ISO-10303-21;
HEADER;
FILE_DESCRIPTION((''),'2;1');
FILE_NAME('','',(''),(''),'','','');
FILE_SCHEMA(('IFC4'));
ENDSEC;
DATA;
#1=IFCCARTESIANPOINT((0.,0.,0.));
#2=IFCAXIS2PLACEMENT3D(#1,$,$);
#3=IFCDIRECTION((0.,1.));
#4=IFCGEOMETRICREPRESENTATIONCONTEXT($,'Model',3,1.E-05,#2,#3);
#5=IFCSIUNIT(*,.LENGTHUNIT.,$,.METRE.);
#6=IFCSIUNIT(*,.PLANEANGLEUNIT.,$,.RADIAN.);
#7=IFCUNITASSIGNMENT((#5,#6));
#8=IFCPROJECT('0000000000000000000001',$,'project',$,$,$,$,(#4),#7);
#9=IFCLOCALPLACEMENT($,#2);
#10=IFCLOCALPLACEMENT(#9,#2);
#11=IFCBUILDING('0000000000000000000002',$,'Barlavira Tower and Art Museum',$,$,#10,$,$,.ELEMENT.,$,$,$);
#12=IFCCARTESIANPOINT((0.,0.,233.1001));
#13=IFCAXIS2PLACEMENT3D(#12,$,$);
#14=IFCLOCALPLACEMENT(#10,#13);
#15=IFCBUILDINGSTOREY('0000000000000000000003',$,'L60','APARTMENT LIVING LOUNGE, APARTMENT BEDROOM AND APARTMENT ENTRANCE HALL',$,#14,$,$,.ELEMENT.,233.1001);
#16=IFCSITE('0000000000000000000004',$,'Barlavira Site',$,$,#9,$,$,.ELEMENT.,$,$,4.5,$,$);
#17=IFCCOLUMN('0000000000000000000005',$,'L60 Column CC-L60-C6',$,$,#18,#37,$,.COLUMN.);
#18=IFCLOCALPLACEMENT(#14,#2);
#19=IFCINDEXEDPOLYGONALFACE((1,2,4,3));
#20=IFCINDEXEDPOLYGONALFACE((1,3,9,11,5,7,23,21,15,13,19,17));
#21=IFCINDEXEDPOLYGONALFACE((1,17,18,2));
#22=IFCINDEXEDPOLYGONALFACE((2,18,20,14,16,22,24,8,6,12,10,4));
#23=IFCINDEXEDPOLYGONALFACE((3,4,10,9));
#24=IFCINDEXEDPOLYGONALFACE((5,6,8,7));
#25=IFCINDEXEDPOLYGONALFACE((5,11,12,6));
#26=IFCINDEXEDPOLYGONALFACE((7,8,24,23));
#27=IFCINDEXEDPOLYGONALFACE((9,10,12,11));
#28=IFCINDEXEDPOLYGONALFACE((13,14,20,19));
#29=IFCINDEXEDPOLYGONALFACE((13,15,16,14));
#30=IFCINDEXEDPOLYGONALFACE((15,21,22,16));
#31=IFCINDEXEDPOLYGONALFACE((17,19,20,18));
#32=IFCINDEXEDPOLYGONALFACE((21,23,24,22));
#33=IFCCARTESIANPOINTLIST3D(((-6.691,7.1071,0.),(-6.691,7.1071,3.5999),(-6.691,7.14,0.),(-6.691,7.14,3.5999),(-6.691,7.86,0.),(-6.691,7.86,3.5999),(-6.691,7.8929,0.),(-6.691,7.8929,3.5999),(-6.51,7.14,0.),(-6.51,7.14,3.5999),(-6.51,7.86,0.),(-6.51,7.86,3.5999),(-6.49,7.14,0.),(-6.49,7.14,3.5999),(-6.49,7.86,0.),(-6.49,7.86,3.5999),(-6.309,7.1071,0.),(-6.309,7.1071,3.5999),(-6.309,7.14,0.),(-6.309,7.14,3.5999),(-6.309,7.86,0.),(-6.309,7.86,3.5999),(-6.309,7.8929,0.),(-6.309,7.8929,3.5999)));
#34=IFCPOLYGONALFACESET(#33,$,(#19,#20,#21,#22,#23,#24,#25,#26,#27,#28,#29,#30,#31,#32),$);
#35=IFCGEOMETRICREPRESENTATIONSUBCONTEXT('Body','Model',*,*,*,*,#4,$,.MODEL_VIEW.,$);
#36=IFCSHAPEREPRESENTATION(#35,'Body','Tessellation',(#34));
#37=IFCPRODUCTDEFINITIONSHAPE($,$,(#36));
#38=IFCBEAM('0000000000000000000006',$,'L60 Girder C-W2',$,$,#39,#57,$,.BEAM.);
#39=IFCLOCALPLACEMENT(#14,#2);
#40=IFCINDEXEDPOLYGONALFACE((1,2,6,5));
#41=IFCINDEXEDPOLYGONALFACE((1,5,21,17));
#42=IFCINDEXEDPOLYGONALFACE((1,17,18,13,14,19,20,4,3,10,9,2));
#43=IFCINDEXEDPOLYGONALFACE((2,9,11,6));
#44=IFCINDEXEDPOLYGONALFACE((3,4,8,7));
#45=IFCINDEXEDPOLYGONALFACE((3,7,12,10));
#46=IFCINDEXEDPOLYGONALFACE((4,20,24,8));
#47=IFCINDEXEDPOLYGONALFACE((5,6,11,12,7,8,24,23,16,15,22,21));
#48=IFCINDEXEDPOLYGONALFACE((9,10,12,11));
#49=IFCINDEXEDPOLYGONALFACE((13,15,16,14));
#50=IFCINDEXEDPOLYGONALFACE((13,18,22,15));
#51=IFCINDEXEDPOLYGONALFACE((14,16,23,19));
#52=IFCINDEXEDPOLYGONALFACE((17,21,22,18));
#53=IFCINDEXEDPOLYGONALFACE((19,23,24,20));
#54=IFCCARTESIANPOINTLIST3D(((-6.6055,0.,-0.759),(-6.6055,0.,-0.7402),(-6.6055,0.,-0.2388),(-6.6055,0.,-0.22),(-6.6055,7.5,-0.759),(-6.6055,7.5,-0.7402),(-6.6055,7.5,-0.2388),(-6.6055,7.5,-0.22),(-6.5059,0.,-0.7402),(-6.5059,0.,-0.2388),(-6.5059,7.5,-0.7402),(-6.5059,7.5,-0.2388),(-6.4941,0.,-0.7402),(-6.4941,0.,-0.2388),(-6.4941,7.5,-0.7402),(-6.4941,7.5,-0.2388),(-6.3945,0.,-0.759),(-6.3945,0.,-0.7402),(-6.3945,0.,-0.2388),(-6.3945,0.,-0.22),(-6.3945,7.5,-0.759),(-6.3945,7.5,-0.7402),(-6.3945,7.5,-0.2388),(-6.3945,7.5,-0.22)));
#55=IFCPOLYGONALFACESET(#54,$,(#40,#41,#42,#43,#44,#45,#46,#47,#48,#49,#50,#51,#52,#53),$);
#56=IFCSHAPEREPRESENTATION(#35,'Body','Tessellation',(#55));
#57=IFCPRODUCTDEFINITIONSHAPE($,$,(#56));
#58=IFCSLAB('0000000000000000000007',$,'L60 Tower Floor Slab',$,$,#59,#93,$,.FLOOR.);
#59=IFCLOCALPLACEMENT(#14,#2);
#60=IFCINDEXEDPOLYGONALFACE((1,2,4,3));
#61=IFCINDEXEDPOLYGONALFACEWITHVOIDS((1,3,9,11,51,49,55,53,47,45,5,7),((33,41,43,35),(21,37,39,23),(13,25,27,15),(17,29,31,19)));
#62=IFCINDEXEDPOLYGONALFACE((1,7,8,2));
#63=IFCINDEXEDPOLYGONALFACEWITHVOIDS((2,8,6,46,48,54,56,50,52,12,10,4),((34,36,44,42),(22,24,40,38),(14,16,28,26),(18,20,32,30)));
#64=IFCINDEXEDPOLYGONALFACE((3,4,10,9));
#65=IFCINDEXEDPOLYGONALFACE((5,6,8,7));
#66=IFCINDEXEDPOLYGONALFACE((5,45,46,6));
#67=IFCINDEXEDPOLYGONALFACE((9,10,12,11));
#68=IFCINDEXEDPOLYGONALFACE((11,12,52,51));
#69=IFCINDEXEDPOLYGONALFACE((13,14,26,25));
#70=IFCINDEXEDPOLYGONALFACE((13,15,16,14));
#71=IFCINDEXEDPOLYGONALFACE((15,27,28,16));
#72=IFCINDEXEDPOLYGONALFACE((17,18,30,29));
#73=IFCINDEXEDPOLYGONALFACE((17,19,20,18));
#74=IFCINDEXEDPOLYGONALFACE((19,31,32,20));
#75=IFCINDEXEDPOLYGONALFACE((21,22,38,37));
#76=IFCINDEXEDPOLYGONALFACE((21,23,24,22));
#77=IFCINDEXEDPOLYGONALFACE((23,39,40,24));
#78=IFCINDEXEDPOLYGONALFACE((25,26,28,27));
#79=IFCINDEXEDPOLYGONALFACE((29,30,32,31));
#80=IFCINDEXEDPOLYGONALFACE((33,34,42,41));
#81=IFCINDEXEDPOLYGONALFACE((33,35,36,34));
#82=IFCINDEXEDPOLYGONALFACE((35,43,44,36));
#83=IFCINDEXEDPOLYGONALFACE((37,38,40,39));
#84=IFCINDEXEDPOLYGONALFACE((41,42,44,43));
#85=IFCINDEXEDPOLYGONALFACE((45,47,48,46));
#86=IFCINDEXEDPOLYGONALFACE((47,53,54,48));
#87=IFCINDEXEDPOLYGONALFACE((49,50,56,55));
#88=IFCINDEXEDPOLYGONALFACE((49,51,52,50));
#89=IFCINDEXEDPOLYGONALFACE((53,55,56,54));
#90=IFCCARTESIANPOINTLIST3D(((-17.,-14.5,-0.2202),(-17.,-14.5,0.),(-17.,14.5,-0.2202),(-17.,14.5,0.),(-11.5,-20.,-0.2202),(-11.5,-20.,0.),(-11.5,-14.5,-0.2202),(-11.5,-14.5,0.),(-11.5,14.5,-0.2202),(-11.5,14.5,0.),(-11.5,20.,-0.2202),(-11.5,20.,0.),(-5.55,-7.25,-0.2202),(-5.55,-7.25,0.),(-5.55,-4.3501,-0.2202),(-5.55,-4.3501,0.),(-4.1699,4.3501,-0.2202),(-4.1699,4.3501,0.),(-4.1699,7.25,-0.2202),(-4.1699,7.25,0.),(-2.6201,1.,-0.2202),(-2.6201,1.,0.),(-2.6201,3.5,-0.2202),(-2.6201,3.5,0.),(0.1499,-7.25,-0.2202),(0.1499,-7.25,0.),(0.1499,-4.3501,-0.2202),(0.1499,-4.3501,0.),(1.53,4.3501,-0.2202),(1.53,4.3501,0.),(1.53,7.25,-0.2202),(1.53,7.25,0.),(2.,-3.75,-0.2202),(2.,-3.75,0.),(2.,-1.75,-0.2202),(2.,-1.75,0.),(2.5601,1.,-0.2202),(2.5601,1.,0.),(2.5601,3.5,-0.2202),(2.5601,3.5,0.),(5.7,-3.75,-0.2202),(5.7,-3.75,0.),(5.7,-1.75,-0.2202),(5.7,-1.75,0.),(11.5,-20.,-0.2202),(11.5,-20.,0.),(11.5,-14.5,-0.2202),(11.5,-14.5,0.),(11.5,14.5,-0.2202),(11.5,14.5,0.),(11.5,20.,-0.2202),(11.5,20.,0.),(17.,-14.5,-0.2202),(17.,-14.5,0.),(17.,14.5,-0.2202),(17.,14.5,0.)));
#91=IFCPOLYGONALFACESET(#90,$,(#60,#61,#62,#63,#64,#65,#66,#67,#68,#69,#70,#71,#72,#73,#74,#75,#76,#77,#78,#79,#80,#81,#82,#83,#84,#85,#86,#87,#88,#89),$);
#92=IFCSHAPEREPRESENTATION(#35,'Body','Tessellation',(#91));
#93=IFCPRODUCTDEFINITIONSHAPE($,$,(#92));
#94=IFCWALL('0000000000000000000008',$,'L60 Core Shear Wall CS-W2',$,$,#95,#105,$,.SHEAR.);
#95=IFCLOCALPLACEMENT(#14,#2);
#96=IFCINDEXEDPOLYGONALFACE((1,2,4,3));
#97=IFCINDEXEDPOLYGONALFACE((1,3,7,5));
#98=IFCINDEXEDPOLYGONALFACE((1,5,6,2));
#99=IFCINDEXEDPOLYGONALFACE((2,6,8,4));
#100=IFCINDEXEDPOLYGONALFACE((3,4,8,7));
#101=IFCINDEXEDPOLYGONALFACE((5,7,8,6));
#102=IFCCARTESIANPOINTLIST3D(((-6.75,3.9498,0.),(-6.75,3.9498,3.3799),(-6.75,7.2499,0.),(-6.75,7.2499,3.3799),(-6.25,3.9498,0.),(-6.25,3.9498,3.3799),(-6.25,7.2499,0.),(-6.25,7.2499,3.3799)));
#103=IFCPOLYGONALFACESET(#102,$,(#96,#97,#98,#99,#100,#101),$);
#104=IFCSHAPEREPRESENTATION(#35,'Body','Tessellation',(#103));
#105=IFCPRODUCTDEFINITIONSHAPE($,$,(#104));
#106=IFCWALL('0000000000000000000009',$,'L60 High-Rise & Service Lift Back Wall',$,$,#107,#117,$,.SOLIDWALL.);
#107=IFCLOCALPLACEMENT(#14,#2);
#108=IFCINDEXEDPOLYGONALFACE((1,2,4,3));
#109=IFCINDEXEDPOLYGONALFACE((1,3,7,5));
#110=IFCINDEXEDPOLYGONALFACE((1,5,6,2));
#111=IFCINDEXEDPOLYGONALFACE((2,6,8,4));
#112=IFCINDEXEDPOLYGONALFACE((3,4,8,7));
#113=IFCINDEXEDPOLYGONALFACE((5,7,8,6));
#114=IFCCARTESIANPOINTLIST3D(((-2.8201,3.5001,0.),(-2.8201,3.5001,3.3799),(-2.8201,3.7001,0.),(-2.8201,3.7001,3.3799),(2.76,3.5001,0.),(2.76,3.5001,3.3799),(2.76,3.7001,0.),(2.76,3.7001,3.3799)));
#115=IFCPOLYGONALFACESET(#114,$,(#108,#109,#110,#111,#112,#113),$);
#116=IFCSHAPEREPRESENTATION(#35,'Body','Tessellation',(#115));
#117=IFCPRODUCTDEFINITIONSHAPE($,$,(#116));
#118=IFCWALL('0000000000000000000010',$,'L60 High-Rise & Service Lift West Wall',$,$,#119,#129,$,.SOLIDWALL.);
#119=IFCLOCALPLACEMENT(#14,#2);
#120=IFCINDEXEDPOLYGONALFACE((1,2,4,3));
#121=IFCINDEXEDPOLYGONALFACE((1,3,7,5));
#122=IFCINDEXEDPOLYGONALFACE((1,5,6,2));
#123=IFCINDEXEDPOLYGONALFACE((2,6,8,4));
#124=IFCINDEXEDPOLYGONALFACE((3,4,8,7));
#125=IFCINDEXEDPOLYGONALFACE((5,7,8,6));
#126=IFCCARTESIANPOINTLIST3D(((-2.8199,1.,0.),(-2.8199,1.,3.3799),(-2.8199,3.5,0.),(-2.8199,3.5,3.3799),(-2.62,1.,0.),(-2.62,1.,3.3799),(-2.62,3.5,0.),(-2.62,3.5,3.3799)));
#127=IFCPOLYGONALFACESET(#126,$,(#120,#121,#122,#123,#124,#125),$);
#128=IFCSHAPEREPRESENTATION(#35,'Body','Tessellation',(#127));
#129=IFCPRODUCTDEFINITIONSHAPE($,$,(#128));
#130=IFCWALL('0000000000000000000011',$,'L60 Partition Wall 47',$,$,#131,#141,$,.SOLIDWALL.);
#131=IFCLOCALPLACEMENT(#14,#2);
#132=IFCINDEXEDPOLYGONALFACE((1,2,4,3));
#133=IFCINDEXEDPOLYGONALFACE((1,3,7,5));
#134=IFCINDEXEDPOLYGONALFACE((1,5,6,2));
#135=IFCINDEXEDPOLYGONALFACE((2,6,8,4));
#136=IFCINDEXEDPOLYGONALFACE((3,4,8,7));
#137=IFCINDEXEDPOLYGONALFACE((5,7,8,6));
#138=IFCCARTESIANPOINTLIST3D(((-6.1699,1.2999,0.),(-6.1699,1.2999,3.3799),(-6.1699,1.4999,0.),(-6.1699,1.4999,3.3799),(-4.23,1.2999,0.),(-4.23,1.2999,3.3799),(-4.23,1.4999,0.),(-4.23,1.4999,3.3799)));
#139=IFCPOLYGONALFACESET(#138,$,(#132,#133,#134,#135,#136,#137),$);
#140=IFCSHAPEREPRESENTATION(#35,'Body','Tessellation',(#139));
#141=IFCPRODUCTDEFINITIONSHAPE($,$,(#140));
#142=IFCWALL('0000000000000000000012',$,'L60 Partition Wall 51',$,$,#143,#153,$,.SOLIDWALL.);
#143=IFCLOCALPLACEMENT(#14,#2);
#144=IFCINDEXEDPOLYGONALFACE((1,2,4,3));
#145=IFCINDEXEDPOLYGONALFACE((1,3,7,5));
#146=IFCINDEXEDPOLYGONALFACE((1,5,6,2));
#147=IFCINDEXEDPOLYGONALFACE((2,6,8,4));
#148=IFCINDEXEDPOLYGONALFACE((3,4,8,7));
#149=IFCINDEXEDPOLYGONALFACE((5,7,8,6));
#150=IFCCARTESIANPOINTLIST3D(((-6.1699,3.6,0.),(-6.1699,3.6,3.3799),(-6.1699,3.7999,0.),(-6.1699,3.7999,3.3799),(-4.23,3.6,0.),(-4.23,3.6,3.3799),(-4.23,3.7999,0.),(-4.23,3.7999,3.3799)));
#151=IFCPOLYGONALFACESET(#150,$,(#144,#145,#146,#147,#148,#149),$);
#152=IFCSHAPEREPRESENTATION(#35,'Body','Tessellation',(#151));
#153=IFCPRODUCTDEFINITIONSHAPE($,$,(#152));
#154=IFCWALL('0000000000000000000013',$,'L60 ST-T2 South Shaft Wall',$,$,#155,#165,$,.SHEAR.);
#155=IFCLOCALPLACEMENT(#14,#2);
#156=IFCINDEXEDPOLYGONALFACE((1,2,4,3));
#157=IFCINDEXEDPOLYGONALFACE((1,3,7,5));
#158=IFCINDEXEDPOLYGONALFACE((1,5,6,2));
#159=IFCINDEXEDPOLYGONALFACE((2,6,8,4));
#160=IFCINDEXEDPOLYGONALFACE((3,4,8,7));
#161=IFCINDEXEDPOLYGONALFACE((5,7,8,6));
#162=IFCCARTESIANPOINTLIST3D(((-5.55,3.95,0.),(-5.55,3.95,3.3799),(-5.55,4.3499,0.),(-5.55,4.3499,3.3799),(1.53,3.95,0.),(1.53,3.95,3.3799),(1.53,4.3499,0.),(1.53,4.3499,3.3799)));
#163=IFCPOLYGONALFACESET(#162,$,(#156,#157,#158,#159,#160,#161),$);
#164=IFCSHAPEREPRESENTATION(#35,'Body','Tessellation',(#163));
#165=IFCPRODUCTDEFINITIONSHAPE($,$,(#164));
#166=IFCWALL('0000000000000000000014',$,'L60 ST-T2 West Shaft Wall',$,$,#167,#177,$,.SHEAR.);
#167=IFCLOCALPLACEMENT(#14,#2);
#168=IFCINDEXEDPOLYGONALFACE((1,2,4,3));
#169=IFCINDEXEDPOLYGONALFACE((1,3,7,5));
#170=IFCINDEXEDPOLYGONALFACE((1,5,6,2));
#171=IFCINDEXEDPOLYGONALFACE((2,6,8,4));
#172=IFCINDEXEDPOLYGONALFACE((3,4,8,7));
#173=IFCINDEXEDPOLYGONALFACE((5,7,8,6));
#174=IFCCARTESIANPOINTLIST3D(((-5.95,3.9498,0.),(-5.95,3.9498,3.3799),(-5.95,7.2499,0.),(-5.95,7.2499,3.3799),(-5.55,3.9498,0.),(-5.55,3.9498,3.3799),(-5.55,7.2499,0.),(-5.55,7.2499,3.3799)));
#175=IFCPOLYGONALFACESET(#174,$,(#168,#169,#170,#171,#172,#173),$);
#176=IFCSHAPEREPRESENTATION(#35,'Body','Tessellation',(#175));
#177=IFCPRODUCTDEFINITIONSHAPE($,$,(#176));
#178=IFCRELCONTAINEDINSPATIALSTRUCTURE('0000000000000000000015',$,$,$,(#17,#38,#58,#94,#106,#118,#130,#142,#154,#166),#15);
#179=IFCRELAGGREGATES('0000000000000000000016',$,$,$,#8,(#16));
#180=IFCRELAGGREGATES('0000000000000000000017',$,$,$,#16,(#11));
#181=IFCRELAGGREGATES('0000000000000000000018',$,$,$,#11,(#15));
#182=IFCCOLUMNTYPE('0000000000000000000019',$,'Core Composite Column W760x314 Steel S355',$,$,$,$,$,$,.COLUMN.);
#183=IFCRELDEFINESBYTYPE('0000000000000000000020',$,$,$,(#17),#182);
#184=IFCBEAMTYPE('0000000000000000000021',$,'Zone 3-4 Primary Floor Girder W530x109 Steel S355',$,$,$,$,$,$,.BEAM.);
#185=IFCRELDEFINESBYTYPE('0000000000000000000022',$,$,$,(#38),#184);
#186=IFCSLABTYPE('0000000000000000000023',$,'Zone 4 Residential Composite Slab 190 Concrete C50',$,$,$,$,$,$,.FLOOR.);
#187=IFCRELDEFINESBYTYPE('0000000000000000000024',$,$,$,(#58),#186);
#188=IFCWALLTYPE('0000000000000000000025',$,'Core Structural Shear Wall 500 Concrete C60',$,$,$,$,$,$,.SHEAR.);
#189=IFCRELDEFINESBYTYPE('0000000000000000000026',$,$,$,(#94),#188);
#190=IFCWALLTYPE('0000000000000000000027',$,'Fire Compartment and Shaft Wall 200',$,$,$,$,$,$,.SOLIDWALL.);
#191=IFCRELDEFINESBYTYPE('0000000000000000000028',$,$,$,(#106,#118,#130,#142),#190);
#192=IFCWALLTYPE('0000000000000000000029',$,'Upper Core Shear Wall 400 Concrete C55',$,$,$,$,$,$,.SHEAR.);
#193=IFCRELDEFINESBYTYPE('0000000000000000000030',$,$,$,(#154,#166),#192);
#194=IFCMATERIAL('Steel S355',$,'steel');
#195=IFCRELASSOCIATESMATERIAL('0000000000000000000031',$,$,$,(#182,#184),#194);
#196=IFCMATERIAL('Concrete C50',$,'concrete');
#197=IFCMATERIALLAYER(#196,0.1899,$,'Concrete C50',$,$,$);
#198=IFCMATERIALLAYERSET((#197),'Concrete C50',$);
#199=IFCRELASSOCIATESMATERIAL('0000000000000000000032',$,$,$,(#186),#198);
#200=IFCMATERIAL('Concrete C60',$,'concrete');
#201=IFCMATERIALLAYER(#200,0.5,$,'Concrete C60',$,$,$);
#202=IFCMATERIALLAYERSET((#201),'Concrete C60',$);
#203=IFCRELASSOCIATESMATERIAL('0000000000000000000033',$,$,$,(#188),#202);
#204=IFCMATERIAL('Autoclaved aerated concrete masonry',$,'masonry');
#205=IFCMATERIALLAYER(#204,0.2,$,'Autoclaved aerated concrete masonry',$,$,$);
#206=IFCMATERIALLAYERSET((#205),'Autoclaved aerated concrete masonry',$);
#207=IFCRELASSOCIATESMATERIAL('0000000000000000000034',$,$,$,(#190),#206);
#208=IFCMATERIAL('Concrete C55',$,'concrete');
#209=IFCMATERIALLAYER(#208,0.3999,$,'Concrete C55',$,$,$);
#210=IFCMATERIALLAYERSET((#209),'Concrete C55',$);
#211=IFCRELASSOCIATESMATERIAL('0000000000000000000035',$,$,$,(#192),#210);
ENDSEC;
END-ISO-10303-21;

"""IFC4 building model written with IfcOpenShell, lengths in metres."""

from ifc_helpers import new_model, si_unit, direction, frame, frame_2d, origin, origin_2d, place, context, subcontext, project, spatial, polyline, rectangle, i_section, outline, extrude, material, layer, layer_set, material_profile, profile_set, type_object, element, save


model = new_model("IFC4")

# Units and contexts
model_context = context("Model", 3, precision=1e-05, world=origin(), true_north=direction((0.0, 1.0)))
body_context = subcontext(model_context, "Body", "Model", "MODEL_VIEW")
ifc_project = project(units=[si_unit("LENGTHUNIT", "METRE"), si_unit("PLANEANGLEUNIT", "RADIAN")], contexts=[model_context])

# Site, building, storey
site_placement = place(None, origin())
site = spatial("IfcSite", under=ifc_project, at=site_placement, Name="Barlavira Site", CompositionType="ELEMENT", RefElevation=4.5)
building_placement = place(site_placement, origin())
building = spatial("IfcBuilding", under=site, at=building_placement, Name="Barlavira Tower and Art Museum", CompositionType="ELEMENT")
storey_placement = place(building_placement, frame((0.0, 0.0, 233.1001)))
storey = spatial("IfcBuildingStorey", under=building, at=storey_placement, Name="L60", Description="APARTMENT LIVING LOUNGE, APARTMENT BEDROOM AND APARTMENT ENTRANCE HALL", CompositionType="ELEMENT", Elevation=233.1001)

# Column
ifc_material_1 = material(Name="Steel S355", Category="steel")
ifc_material_profile_1 = material_profile(ifc_material_1, i_section(OverallWidth=0.3821, OverallDepth=0.7859, WebThickness=0.02, FlangeThickness=0.033, at=origin_2d()), Name="W760x314.0")
ifc_profile_set_1 = profile_set([ifc_material_profile_1], Name="Steel S355")
column_type = type_object("IfcColumnType", Name="Core Composite Column W760x314 Steel S355", PredefinedType="COLUMN", material=ifc_profile_set_1)
column_placement = place(storey_placement, frame((-6.5, 7.5, 0.0), z_axis=(0.0, 0.0, 1.0), x_axis=(1.0, 0.0, 0.0)))
element("IfcColumn", 1, at=column_placement, inside=storey, type_object=column_type, Name="L60 Column CC-L60-C6", PredefinedType="COLUMN", context=body_context, shape_type="SweptSolid", body=[
    extrude(i_section(OverallWidth=0.3821, OverallDepth=0.7859, WebThickness=0.02, FlangeThickness=0.033, at=origin_2d()), origin(), (0.0, 0.0, 1.0), 3.5999),
])

# Beam
ifc_material_profile_2 = material_profile(ifc_material_1, i_section(OverallWidth=0.2109, OverallDepth=0.5391, WebThickness=0.0117, FlangeThickness=0.0188, at=origin_2d()), Name="W530x109.0")
ifc_profile_set_2 = profile_set([ifc_material_profile_2], Name="Steel S355")
beam_type = type_object("IfcBeamType", Name="Zone 3-4 Primary Floor Girder W530x109 Steel S355", PredefinedType="BEAM", material=ifc_profile_set_2)
beam_placement = place(storey_placement, frame((-6.5, 0.0, -0.4895), z_axis=(0.0, 1.0, 0.0), x_axis=(-1.0, 0.0, 0.0)))
element("IfcBeam", 2, at=beam_placement, inside=storey, type_object=beam_type, Name="L60 Girder C-W2", PredefinedType="BEAM", context=body_context, shape_type="SweptSolid", body=[
    extrude(i_section(OverallWidth=0.2109, OverallDepth=0.5391, WebThickness=0.0117, FlangeThickness=0.0188, at=origin_2d()), origin(), (0.0, 0.0, 1.0), 7.5),
])

# Slab
ifc_material_2 = material(Name="Concrete C50", Category="concrete")
ifc_layer_1 = layer(ifc_material_2, 0.1899, Name="Concrete C50")
ifc_layer_set_1 = layer_set([ifc_layer_1], Name="Concrete C50")
slab_type = type_object("IfcSlabType", Name="Zone 4 Residential Composite Slab 190 Concrete C50", PredefinedType="FLOOR", material=ifc_layer_set_1)
slab_placement = place(storey_placement, frame((0.0, 0.0, -0.2202)))
element("IfcSlab", 3, at=slab_placement, inside=storey, type_object=slab_type, Name="L60 Tower Floor Slab", PredefinedType="FLOOR", context=body_context, shape_type="SweptSolid", body=[
    extrude(outline(polyline([(-11.5, -20.0), (11.5, -20.0), (11.5, -14.5), (17.0, -14.5), (17.0, 14.5), (11.5, 14.5), (11.5, 20.0), (-11.5, 20.0), (-11.5, 14.5), (-17.0, 14.5), (-17.0, -14.5), (-11.5, -14.5), (-11.5, -20.0)]), holes=[polyline([(0.1499, -4.3501), (-5.55, -4.3501), (-5.55, -7.25), (0.1499, -7.25), (0.1499, -4.3501)]), polyline([(-4.1699, 4.3501), (1.53, 4.3501), (1.53, 7.25), (-4.1699, 7.25), (-4.1699, 4.3501)]), polyline([(-2.6201, 1.0), (2.5601, 1.0), (2.5601, 3.5), (-2.6201, 3.5), (-2.6201, 1.0)]), polyline([(2.0, -3.75), (5.7, -3.75), (5.7, -1.75), (2.0, -1.75), (2.0, -3.75)])]), origin(), (0.0, 0.0, 1.0), 0.2202),
])

# Wall
ifc_material_3 = material(Name="Concrete C60", Category="concrete")
ifc_layer_2 = layer(ifc_material_3, 0.5, Name="Concrete C60")
ifc_layer_set_2 = layer_set([ifc_layer_2], Name="Concrete C60")
wall_type_1 = type_object("IfcWallType", Name="Core Structural Shear Wall 500 Concrete C60", PredefinedType="SHEAR", material=ifc_layer_set_2)
wall_1_placement = place(storey_placement, frame((-6.5, 3.95, 0.0), z_axis=(0.0, 0.0, 1.0), x_axis=(0.0, 1.0, 0.0)))
element("IfcWall", 4, at=wall_1_placement, inside=storey, type_object=wall_type_1, Name="L60 Core Shear Wall CS-W2", PredefinedType="SHEAR", context=body_context, shape_type="SweptSolid", body=[
    extrude(rectangle(XDim=3.3, YDim=0.5, at=frame_2d((1.6499, 0.0))), origin(), (0.0, 0.0, 1.0), 3.3799),
])

# Shared definitions
ifc_material_4 = material(Name="Autoclaved aerated concrete masonry", Category="masonry")
ifc_layer_3 = layer(ifc_material_4, 0.2, Name="Autoclaved aerated concrete masonry")
ifc_layer_set_3 = layer_set([ifc_layer_3], Name="Autoclaved aerated concrete masonry")
wall_type_2 = type_object("IfcWallType", Name="Fire Compartment and Shaft Wall 200", PredefinedType="SOLIDWALL", material=ifc_layer_set_3)

# Walls
wall_2_placement = place(storey_placement, frame((-2.8201, 3.6001, 0.0), z_axis=(0.0, 0.0, 1.0), x_axis=(1.0, 0.0, 0.0)))
element("IfcWall", 5, at=wall_2_placement, inside=storey, type_object=wall_type_2, Name="L60 High-Rise & Service Lift Back Wall", PredefinedType="SOLIDWALL", context=body_context, shape_type="SweptSolid", body=[
    extrude(rectangle(XDim=5.5801, YDim=0.2, at=frame_2d((2.79, 0.0))), origin(), (0.0, 0.0, 1.0), 3.3799),
])
wall_3_placement = place(storey_placement, frame((-2.72, 1.0, 0.0), z_axis=(0.0, 0.0, 1.0), x_axis=(0.0, 1.0, 0.0)))
element("IfcWall", 6, at=wall_3_placement, inside=storey, type_object=wall_type_2, Name="L60 High-Rise & Service Lift West Wall", PredefinedType="SOLIDWALL", context=body_context, shape_type="SweptSolid", body=[
    extrude(rectangle(XDim=2.5, YDim=0.2, at=frame_2d((1.25, 0.0))), origin(), (0.0, 0.0, 1.0), 3.3799),
])
for number, where, z_axis, x_axis, name in (
    (7, (-6.1699, 1.3999, 0.0), (0.0, 0.0, 1.0), (1.0, 0.0, 0.0), "L60 Partition Wall 47"),
    (8, (-6.1699, 3.7, 0.0), (0.0, 0.0, 1.0), (1.0, 0.0, 0.0), "L60 Partition Wall 51"),
):
    element("IfcWall", number, at=place(storey_placement, frame(where, z_axis=z_axis, x_axis=x_axis)), inside=storey, type_object=wall_type_2, Name=name, PredefinedType="SOLIDWALL", context=body_context, shape_type="SweptSolid", body=[
        extrude(rectangle(XDim=1.9399, YDim=0.2, at=frame_2d((0.97, 0.0))), origin(), (0.0, 0.0, 1.0), 3.3799),
    ])
ifc_material_5 = material(Name="Concrete C55", Category="concrete")
ifc_layer_4 = layer(ifc_material_5, 0.3999, Name="Concrete C55")
ifc_layer_set_4 = layer_set([ifc_layer_4], Name="Concrete C55")
wall_type_3 = type_object("IfcWallType", Name="Upper Core Shear Wall 400 Concrete C55", PredefinedType="SHEAR", material=ifc_layer_set_4)
wall_4_placement = place(storey_placement, frame((-5.55, 4.1499, 0.0), z_axis=(0.0, 0.0, 1.0), x_axis=(1.0, 0.0, 0.0)))
element("IfcWall", 9, at=wall_4_placement, inside=storey, type_object=wall_type_3, Name="L60 ST-T2 South Shaft Wall", PredefinedType="SHEAR", context=body_context, shape_type="SweptSolid", body=[
    extrude(rectangle(XDim=7.0801, YDim=0.3999, at=frame_2d((3.54, 0.0))), origin(), (0.0, 0.0, 1.0), 3.3799),
])
wall_5_placement = place(storey_placement, frame((-5.75, 3.95, 0.0), z_axis=(0.0, 0.0, 1.0), x_axis=(0.0, 1.0, 0.0)))
element("IfcWall", 10, at=wall_5_placement, inside=storey, type_object=wall_type_3, Name="L60 ST-T2 West Shaft Wall", PredefinedType="SHEAR", context=body_context, shape_type="SweptSolid", body=[
    extrude(rectangle(XDim=3.3, YDim=0.3999, at=frame_2d((1.6499, 0.0))), origin(), (0.0, 0.0, 1.0), 3.3799),
])

save(model, "model.ifc")
